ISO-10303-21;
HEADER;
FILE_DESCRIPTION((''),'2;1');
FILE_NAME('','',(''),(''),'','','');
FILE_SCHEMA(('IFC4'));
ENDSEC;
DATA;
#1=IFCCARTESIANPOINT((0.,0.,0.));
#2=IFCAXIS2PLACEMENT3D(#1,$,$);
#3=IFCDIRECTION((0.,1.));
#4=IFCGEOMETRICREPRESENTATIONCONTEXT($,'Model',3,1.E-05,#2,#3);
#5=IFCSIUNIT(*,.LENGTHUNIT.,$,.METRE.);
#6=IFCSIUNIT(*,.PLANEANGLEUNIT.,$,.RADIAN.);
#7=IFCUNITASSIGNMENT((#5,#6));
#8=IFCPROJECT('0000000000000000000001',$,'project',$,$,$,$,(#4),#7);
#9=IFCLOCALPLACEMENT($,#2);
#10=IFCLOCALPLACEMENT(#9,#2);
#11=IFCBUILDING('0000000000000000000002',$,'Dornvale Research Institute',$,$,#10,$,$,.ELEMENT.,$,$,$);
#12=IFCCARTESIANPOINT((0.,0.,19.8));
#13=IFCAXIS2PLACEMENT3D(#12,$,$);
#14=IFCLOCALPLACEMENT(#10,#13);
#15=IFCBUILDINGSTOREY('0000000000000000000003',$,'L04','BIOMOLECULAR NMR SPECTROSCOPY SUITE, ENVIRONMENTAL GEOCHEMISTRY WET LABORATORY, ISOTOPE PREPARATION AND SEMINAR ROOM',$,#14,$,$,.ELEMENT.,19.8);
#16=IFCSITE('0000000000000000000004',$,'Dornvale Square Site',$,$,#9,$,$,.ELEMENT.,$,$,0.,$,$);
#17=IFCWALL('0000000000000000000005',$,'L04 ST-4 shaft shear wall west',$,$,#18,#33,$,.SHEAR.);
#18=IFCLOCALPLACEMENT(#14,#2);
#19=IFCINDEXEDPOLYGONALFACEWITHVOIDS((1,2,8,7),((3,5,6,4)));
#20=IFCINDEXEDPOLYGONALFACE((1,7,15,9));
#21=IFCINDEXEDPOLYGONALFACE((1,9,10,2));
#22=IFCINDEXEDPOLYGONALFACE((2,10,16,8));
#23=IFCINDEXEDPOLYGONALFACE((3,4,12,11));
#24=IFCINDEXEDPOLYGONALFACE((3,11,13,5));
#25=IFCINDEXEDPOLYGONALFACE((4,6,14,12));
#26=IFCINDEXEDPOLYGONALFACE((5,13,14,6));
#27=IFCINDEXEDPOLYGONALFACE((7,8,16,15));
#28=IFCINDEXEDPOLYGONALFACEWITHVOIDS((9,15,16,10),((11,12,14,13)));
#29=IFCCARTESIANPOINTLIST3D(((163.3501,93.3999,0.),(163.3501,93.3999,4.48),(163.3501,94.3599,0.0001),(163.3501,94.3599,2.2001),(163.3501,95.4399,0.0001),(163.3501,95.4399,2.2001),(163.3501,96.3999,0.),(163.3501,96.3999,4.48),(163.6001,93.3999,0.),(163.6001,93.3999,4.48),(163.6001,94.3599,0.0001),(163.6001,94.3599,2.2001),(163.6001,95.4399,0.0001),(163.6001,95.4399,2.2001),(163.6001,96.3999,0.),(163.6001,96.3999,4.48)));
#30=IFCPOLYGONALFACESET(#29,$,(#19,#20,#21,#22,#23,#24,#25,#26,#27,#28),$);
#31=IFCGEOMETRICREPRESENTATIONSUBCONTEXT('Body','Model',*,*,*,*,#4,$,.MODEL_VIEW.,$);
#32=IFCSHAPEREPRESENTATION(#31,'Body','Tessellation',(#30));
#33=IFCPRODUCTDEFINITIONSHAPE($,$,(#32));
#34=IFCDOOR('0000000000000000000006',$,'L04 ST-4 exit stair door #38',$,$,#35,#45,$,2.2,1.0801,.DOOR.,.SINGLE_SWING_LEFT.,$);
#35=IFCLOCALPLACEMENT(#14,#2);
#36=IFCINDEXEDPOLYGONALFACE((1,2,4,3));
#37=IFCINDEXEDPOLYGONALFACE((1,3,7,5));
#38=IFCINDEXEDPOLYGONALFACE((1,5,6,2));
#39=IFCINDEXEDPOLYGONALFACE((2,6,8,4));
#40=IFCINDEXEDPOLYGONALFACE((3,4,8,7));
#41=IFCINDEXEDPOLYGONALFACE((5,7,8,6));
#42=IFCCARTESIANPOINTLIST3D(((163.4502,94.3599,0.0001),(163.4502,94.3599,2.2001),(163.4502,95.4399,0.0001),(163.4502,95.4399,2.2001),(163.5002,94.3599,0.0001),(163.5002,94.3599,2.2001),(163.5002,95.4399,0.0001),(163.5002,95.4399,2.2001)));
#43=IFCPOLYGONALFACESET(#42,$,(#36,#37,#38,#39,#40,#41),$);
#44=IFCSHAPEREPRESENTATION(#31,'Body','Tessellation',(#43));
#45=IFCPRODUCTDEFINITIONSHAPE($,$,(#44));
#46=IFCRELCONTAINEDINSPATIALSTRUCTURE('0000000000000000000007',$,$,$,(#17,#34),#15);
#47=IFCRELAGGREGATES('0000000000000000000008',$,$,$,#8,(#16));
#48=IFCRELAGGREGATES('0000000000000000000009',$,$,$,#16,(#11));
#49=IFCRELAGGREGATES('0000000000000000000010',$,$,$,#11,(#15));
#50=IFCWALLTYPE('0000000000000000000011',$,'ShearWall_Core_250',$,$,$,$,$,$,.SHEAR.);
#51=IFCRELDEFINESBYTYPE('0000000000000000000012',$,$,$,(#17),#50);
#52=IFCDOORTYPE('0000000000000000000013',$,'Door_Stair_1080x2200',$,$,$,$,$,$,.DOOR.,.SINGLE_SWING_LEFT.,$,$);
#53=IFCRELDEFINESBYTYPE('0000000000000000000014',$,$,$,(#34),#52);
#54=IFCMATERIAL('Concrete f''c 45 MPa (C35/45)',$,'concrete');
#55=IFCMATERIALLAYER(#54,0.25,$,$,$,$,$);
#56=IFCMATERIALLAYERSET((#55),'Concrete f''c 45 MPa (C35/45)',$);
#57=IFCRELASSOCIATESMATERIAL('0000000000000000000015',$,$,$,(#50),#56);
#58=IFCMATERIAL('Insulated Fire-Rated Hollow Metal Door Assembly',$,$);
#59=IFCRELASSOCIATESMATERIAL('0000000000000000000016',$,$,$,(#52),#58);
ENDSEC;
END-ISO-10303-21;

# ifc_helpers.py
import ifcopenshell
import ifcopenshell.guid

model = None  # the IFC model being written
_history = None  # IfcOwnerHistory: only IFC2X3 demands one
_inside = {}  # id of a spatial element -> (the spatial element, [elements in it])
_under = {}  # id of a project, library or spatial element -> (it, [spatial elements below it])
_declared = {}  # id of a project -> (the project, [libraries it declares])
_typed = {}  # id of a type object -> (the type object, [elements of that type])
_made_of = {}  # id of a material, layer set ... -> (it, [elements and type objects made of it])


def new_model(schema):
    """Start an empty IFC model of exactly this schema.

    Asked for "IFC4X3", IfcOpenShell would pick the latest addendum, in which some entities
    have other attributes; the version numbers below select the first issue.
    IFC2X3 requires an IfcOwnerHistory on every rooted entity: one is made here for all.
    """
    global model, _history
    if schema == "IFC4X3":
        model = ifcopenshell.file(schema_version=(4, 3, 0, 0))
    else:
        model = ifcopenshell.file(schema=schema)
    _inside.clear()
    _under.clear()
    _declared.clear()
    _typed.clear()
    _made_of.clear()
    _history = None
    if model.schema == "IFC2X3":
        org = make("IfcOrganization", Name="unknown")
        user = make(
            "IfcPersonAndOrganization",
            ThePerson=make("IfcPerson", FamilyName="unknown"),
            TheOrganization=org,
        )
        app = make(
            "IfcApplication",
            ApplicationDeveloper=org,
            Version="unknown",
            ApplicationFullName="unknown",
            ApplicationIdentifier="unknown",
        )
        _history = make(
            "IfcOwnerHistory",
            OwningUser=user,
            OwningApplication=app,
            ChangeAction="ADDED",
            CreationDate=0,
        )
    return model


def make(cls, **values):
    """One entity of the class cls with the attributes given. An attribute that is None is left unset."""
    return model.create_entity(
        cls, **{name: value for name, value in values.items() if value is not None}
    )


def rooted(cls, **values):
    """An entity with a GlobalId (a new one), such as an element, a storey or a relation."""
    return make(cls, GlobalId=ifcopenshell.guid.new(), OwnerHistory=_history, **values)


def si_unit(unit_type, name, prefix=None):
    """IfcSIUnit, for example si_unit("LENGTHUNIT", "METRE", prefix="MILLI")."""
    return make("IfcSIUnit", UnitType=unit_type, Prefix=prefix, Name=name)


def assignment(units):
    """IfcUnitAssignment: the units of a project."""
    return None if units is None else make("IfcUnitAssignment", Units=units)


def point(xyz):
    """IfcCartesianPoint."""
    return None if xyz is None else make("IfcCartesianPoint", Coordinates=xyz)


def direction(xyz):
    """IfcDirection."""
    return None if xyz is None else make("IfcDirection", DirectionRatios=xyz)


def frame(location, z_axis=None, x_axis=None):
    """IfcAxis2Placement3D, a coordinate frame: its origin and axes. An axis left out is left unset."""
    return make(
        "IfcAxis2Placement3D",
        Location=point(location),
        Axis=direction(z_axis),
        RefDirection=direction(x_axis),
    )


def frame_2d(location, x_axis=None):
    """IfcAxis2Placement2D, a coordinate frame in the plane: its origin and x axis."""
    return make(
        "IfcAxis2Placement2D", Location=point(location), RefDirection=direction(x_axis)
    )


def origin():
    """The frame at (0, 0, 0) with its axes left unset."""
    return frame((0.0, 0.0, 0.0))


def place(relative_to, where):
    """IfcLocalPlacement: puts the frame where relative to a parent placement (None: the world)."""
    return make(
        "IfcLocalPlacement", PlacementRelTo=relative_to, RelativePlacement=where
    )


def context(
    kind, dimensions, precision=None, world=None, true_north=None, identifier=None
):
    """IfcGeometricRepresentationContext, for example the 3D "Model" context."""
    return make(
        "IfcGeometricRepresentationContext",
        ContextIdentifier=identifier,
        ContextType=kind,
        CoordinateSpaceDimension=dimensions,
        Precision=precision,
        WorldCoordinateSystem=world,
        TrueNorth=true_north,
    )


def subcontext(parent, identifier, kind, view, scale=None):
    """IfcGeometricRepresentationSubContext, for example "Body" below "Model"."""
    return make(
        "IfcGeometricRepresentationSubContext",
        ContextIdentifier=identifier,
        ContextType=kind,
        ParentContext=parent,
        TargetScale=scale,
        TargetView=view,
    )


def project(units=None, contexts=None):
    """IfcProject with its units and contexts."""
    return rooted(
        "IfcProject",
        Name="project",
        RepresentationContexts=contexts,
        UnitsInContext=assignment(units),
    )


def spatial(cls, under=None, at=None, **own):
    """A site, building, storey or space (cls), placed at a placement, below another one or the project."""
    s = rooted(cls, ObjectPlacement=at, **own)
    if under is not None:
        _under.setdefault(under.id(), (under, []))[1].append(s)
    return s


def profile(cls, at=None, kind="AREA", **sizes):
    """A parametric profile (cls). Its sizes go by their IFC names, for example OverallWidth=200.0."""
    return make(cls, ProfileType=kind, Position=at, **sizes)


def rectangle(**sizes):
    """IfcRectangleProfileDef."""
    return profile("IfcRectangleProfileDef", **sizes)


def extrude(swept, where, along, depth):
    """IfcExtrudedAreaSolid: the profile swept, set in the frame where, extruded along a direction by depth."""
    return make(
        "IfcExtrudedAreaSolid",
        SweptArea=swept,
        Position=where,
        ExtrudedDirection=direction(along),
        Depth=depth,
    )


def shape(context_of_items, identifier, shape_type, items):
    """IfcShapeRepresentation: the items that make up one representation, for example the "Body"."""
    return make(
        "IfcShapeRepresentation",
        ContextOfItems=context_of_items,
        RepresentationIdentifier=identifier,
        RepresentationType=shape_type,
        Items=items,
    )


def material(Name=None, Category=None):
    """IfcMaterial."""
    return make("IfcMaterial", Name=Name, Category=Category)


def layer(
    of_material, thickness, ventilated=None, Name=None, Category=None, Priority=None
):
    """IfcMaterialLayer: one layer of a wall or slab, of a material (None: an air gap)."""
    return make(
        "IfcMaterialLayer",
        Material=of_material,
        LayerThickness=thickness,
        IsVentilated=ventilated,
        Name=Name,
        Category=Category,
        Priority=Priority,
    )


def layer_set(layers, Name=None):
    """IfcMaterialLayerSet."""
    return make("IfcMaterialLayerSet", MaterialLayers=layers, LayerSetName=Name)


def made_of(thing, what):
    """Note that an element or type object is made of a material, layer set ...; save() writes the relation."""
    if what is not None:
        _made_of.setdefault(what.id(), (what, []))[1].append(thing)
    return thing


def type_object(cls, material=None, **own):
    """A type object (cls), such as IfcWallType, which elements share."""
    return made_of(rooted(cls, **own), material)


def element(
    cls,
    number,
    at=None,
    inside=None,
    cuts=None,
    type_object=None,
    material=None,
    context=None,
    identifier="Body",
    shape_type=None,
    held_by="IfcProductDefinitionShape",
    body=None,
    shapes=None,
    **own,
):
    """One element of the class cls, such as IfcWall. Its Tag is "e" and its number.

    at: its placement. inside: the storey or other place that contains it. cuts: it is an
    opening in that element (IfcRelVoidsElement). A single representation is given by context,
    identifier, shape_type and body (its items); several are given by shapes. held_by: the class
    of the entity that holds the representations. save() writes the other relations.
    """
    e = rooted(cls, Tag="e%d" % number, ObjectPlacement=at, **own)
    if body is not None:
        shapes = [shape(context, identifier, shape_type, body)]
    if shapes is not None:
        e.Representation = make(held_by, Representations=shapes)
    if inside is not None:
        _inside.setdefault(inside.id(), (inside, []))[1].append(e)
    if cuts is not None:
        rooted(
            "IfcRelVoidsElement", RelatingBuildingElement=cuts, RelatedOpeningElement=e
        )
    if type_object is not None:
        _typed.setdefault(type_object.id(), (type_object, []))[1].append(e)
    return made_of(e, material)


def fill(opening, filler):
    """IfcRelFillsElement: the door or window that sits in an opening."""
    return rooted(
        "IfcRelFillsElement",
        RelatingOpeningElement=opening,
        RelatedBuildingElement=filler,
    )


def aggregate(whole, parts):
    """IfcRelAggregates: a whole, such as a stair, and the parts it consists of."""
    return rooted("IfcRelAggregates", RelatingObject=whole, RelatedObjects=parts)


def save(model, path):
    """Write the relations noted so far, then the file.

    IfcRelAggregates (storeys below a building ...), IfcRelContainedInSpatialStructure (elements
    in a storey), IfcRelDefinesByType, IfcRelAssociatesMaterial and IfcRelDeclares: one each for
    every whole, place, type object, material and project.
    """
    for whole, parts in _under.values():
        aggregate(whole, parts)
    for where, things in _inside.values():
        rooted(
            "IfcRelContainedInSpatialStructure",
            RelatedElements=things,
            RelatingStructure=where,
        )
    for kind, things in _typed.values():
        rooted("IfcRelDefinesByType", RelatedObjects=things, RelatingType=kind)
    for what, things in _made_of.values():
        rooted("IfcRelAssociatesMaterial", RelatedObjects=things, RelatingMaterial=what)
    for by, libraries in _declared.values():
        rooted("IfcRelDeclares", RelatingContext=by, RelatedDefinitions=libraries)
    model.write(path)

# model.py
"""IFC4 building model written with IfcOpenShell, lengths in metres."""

from ifc_helpers import new_model, si_unit, direction, frame, frame_2d, origin, place, context, subcontext, project, spatial, rectangle, extrude, material, layer, layer_set, type_object, element, fill, save


model = new_model("IFC4")

# Units and contexts
model_context = context("Model", 3, precision=1e-05, world=origin(), true_north=direction((0.0, 1.0)))
body_context = subcontext(model_context, "Body", "Model", "MODEL_VIEW")
ifc_project = project(units=[si_unit("LENGTHUNIT", "METRE"), si_unit("PLANEANGLEUNIT", "RADIAN")], contexts=[model_context])

# Site, building, storey
site_placement = place(None, origin())
site = spatial("IfcSite", under=ifc_project, at=site_placement, Name="Dornvale Square Site", CompositionType="ELEMENT", RefElevation=0.0)
building_placement = place(site_placement, origin())
building = spatial("IfcBuilding", under=site, at=building_placement, Name="Dornvale Research Institute", CompositionType="ELEMENT")
storey_placement = place(building_placement, frame((0.0, 0.0, 19.8)))
storey = spatial("IfcBuildingStorey", under=building, at=storey_placement, Name="L04", Description="BIOMOLECULAR NMR SPECTROSCOPY SUITE, ENVIRONMENTAL GEOCHEMISTRY WET LABORATORY, ISOTOPE PREPARATION AND SEMINAR ROOM", CompositionType="ELEMENT", Elevation=19.8)

# Shared definitions
ifc_material_1 = material(Name="Concrete f'c 45 MPa (C35/45)", Category="concrete")
ifc_layer_1 = layer(ifc_material_1, 0.25)
ifc_layer_set_1 = layer_set([ifc_layer_1], Name="Concrete f'c 45 MPa (C35/45)")
wall_type = type_object("IfcWallType", Name="ShearWall_Core_250", PredefinedType="SHEAR", material=ifc_layer_set_1)

# Wall, opening, door
wall_placement = place(storey_placement, frame((163.4751, 93.3999, 0.0), z_axis=(0.0, 0.0, 1.0), x_axis=(0.0, 1.0, 0.0)))
wall = element("IfcWall", 1, at=wall_placement, inside=storey, type_object=wall_type, Name="L04 ST-4 shaft shear wall west", PredefinedType="SHEAR", context=body_context, shape_type="SweptSolid", body=[
    extrude(rectangle(XDim=3.0, YDim=0.25, at=frame_2d((1.5, 0.0))), origin(), (0.0, 0.0, 1.0), 4.48),
])
opening_placement = place(wall_placement, frame((0.96, 0.0, 0.0)))
opening = element("IfcOpeningElement", 2, at=opening_placement, cuts=wall, PredefinedType="OPENING", context=body_context, shape_type="SweptSolid", body=[
    extrude(rectangle(XDim=1.0801, YDim=2.2, at=frame_2d((0.54, 1.1001))), frame((0.0, 0.1399, 0.0), z_axis=(0.0, -1.0, 0.0), x_axis=(1.0, 0.0, 0.0)), (0.0, 0.0, 1.0), 0.28),
])
ifc_material_2 = material(Name="Insulated Fire-Rated Hollow Metal Door Assembly")
door_type = type_object("IfcDoorType", Name="Door_Stair_1080x2200", OperationType="SINGLE_SWING_LEFT", PredefinedType="DOOR", material=ifc_material_2)
door_placement = place(opening_placement, origin())
door = element("IfcDoor", 3, at=door_placement, inside=storey, type_object=door_type, Name="L04 ST-4 exit stair door #38", OperationType="SINGLE_SWING_LEFT", OverallHeight=2.2, OverallWidth=1.0801, PredefinedType="DOOR", context=body_context, shape_type="SweptSolid", body=[
    extrude(rectangle(XDim=1.0801, YDim=2.2, at=frame_2d((0.54, 1.1001))), frame((0.0, 0.0249, 0.0), z_axis=(0.0, -1.0, 0.0), x_axis=(1.0, 0.0, 0.0)), (0.0, 0.0, 1.0), 0.05),
])
fill(opening, door)

save(model, "model.ifc")
